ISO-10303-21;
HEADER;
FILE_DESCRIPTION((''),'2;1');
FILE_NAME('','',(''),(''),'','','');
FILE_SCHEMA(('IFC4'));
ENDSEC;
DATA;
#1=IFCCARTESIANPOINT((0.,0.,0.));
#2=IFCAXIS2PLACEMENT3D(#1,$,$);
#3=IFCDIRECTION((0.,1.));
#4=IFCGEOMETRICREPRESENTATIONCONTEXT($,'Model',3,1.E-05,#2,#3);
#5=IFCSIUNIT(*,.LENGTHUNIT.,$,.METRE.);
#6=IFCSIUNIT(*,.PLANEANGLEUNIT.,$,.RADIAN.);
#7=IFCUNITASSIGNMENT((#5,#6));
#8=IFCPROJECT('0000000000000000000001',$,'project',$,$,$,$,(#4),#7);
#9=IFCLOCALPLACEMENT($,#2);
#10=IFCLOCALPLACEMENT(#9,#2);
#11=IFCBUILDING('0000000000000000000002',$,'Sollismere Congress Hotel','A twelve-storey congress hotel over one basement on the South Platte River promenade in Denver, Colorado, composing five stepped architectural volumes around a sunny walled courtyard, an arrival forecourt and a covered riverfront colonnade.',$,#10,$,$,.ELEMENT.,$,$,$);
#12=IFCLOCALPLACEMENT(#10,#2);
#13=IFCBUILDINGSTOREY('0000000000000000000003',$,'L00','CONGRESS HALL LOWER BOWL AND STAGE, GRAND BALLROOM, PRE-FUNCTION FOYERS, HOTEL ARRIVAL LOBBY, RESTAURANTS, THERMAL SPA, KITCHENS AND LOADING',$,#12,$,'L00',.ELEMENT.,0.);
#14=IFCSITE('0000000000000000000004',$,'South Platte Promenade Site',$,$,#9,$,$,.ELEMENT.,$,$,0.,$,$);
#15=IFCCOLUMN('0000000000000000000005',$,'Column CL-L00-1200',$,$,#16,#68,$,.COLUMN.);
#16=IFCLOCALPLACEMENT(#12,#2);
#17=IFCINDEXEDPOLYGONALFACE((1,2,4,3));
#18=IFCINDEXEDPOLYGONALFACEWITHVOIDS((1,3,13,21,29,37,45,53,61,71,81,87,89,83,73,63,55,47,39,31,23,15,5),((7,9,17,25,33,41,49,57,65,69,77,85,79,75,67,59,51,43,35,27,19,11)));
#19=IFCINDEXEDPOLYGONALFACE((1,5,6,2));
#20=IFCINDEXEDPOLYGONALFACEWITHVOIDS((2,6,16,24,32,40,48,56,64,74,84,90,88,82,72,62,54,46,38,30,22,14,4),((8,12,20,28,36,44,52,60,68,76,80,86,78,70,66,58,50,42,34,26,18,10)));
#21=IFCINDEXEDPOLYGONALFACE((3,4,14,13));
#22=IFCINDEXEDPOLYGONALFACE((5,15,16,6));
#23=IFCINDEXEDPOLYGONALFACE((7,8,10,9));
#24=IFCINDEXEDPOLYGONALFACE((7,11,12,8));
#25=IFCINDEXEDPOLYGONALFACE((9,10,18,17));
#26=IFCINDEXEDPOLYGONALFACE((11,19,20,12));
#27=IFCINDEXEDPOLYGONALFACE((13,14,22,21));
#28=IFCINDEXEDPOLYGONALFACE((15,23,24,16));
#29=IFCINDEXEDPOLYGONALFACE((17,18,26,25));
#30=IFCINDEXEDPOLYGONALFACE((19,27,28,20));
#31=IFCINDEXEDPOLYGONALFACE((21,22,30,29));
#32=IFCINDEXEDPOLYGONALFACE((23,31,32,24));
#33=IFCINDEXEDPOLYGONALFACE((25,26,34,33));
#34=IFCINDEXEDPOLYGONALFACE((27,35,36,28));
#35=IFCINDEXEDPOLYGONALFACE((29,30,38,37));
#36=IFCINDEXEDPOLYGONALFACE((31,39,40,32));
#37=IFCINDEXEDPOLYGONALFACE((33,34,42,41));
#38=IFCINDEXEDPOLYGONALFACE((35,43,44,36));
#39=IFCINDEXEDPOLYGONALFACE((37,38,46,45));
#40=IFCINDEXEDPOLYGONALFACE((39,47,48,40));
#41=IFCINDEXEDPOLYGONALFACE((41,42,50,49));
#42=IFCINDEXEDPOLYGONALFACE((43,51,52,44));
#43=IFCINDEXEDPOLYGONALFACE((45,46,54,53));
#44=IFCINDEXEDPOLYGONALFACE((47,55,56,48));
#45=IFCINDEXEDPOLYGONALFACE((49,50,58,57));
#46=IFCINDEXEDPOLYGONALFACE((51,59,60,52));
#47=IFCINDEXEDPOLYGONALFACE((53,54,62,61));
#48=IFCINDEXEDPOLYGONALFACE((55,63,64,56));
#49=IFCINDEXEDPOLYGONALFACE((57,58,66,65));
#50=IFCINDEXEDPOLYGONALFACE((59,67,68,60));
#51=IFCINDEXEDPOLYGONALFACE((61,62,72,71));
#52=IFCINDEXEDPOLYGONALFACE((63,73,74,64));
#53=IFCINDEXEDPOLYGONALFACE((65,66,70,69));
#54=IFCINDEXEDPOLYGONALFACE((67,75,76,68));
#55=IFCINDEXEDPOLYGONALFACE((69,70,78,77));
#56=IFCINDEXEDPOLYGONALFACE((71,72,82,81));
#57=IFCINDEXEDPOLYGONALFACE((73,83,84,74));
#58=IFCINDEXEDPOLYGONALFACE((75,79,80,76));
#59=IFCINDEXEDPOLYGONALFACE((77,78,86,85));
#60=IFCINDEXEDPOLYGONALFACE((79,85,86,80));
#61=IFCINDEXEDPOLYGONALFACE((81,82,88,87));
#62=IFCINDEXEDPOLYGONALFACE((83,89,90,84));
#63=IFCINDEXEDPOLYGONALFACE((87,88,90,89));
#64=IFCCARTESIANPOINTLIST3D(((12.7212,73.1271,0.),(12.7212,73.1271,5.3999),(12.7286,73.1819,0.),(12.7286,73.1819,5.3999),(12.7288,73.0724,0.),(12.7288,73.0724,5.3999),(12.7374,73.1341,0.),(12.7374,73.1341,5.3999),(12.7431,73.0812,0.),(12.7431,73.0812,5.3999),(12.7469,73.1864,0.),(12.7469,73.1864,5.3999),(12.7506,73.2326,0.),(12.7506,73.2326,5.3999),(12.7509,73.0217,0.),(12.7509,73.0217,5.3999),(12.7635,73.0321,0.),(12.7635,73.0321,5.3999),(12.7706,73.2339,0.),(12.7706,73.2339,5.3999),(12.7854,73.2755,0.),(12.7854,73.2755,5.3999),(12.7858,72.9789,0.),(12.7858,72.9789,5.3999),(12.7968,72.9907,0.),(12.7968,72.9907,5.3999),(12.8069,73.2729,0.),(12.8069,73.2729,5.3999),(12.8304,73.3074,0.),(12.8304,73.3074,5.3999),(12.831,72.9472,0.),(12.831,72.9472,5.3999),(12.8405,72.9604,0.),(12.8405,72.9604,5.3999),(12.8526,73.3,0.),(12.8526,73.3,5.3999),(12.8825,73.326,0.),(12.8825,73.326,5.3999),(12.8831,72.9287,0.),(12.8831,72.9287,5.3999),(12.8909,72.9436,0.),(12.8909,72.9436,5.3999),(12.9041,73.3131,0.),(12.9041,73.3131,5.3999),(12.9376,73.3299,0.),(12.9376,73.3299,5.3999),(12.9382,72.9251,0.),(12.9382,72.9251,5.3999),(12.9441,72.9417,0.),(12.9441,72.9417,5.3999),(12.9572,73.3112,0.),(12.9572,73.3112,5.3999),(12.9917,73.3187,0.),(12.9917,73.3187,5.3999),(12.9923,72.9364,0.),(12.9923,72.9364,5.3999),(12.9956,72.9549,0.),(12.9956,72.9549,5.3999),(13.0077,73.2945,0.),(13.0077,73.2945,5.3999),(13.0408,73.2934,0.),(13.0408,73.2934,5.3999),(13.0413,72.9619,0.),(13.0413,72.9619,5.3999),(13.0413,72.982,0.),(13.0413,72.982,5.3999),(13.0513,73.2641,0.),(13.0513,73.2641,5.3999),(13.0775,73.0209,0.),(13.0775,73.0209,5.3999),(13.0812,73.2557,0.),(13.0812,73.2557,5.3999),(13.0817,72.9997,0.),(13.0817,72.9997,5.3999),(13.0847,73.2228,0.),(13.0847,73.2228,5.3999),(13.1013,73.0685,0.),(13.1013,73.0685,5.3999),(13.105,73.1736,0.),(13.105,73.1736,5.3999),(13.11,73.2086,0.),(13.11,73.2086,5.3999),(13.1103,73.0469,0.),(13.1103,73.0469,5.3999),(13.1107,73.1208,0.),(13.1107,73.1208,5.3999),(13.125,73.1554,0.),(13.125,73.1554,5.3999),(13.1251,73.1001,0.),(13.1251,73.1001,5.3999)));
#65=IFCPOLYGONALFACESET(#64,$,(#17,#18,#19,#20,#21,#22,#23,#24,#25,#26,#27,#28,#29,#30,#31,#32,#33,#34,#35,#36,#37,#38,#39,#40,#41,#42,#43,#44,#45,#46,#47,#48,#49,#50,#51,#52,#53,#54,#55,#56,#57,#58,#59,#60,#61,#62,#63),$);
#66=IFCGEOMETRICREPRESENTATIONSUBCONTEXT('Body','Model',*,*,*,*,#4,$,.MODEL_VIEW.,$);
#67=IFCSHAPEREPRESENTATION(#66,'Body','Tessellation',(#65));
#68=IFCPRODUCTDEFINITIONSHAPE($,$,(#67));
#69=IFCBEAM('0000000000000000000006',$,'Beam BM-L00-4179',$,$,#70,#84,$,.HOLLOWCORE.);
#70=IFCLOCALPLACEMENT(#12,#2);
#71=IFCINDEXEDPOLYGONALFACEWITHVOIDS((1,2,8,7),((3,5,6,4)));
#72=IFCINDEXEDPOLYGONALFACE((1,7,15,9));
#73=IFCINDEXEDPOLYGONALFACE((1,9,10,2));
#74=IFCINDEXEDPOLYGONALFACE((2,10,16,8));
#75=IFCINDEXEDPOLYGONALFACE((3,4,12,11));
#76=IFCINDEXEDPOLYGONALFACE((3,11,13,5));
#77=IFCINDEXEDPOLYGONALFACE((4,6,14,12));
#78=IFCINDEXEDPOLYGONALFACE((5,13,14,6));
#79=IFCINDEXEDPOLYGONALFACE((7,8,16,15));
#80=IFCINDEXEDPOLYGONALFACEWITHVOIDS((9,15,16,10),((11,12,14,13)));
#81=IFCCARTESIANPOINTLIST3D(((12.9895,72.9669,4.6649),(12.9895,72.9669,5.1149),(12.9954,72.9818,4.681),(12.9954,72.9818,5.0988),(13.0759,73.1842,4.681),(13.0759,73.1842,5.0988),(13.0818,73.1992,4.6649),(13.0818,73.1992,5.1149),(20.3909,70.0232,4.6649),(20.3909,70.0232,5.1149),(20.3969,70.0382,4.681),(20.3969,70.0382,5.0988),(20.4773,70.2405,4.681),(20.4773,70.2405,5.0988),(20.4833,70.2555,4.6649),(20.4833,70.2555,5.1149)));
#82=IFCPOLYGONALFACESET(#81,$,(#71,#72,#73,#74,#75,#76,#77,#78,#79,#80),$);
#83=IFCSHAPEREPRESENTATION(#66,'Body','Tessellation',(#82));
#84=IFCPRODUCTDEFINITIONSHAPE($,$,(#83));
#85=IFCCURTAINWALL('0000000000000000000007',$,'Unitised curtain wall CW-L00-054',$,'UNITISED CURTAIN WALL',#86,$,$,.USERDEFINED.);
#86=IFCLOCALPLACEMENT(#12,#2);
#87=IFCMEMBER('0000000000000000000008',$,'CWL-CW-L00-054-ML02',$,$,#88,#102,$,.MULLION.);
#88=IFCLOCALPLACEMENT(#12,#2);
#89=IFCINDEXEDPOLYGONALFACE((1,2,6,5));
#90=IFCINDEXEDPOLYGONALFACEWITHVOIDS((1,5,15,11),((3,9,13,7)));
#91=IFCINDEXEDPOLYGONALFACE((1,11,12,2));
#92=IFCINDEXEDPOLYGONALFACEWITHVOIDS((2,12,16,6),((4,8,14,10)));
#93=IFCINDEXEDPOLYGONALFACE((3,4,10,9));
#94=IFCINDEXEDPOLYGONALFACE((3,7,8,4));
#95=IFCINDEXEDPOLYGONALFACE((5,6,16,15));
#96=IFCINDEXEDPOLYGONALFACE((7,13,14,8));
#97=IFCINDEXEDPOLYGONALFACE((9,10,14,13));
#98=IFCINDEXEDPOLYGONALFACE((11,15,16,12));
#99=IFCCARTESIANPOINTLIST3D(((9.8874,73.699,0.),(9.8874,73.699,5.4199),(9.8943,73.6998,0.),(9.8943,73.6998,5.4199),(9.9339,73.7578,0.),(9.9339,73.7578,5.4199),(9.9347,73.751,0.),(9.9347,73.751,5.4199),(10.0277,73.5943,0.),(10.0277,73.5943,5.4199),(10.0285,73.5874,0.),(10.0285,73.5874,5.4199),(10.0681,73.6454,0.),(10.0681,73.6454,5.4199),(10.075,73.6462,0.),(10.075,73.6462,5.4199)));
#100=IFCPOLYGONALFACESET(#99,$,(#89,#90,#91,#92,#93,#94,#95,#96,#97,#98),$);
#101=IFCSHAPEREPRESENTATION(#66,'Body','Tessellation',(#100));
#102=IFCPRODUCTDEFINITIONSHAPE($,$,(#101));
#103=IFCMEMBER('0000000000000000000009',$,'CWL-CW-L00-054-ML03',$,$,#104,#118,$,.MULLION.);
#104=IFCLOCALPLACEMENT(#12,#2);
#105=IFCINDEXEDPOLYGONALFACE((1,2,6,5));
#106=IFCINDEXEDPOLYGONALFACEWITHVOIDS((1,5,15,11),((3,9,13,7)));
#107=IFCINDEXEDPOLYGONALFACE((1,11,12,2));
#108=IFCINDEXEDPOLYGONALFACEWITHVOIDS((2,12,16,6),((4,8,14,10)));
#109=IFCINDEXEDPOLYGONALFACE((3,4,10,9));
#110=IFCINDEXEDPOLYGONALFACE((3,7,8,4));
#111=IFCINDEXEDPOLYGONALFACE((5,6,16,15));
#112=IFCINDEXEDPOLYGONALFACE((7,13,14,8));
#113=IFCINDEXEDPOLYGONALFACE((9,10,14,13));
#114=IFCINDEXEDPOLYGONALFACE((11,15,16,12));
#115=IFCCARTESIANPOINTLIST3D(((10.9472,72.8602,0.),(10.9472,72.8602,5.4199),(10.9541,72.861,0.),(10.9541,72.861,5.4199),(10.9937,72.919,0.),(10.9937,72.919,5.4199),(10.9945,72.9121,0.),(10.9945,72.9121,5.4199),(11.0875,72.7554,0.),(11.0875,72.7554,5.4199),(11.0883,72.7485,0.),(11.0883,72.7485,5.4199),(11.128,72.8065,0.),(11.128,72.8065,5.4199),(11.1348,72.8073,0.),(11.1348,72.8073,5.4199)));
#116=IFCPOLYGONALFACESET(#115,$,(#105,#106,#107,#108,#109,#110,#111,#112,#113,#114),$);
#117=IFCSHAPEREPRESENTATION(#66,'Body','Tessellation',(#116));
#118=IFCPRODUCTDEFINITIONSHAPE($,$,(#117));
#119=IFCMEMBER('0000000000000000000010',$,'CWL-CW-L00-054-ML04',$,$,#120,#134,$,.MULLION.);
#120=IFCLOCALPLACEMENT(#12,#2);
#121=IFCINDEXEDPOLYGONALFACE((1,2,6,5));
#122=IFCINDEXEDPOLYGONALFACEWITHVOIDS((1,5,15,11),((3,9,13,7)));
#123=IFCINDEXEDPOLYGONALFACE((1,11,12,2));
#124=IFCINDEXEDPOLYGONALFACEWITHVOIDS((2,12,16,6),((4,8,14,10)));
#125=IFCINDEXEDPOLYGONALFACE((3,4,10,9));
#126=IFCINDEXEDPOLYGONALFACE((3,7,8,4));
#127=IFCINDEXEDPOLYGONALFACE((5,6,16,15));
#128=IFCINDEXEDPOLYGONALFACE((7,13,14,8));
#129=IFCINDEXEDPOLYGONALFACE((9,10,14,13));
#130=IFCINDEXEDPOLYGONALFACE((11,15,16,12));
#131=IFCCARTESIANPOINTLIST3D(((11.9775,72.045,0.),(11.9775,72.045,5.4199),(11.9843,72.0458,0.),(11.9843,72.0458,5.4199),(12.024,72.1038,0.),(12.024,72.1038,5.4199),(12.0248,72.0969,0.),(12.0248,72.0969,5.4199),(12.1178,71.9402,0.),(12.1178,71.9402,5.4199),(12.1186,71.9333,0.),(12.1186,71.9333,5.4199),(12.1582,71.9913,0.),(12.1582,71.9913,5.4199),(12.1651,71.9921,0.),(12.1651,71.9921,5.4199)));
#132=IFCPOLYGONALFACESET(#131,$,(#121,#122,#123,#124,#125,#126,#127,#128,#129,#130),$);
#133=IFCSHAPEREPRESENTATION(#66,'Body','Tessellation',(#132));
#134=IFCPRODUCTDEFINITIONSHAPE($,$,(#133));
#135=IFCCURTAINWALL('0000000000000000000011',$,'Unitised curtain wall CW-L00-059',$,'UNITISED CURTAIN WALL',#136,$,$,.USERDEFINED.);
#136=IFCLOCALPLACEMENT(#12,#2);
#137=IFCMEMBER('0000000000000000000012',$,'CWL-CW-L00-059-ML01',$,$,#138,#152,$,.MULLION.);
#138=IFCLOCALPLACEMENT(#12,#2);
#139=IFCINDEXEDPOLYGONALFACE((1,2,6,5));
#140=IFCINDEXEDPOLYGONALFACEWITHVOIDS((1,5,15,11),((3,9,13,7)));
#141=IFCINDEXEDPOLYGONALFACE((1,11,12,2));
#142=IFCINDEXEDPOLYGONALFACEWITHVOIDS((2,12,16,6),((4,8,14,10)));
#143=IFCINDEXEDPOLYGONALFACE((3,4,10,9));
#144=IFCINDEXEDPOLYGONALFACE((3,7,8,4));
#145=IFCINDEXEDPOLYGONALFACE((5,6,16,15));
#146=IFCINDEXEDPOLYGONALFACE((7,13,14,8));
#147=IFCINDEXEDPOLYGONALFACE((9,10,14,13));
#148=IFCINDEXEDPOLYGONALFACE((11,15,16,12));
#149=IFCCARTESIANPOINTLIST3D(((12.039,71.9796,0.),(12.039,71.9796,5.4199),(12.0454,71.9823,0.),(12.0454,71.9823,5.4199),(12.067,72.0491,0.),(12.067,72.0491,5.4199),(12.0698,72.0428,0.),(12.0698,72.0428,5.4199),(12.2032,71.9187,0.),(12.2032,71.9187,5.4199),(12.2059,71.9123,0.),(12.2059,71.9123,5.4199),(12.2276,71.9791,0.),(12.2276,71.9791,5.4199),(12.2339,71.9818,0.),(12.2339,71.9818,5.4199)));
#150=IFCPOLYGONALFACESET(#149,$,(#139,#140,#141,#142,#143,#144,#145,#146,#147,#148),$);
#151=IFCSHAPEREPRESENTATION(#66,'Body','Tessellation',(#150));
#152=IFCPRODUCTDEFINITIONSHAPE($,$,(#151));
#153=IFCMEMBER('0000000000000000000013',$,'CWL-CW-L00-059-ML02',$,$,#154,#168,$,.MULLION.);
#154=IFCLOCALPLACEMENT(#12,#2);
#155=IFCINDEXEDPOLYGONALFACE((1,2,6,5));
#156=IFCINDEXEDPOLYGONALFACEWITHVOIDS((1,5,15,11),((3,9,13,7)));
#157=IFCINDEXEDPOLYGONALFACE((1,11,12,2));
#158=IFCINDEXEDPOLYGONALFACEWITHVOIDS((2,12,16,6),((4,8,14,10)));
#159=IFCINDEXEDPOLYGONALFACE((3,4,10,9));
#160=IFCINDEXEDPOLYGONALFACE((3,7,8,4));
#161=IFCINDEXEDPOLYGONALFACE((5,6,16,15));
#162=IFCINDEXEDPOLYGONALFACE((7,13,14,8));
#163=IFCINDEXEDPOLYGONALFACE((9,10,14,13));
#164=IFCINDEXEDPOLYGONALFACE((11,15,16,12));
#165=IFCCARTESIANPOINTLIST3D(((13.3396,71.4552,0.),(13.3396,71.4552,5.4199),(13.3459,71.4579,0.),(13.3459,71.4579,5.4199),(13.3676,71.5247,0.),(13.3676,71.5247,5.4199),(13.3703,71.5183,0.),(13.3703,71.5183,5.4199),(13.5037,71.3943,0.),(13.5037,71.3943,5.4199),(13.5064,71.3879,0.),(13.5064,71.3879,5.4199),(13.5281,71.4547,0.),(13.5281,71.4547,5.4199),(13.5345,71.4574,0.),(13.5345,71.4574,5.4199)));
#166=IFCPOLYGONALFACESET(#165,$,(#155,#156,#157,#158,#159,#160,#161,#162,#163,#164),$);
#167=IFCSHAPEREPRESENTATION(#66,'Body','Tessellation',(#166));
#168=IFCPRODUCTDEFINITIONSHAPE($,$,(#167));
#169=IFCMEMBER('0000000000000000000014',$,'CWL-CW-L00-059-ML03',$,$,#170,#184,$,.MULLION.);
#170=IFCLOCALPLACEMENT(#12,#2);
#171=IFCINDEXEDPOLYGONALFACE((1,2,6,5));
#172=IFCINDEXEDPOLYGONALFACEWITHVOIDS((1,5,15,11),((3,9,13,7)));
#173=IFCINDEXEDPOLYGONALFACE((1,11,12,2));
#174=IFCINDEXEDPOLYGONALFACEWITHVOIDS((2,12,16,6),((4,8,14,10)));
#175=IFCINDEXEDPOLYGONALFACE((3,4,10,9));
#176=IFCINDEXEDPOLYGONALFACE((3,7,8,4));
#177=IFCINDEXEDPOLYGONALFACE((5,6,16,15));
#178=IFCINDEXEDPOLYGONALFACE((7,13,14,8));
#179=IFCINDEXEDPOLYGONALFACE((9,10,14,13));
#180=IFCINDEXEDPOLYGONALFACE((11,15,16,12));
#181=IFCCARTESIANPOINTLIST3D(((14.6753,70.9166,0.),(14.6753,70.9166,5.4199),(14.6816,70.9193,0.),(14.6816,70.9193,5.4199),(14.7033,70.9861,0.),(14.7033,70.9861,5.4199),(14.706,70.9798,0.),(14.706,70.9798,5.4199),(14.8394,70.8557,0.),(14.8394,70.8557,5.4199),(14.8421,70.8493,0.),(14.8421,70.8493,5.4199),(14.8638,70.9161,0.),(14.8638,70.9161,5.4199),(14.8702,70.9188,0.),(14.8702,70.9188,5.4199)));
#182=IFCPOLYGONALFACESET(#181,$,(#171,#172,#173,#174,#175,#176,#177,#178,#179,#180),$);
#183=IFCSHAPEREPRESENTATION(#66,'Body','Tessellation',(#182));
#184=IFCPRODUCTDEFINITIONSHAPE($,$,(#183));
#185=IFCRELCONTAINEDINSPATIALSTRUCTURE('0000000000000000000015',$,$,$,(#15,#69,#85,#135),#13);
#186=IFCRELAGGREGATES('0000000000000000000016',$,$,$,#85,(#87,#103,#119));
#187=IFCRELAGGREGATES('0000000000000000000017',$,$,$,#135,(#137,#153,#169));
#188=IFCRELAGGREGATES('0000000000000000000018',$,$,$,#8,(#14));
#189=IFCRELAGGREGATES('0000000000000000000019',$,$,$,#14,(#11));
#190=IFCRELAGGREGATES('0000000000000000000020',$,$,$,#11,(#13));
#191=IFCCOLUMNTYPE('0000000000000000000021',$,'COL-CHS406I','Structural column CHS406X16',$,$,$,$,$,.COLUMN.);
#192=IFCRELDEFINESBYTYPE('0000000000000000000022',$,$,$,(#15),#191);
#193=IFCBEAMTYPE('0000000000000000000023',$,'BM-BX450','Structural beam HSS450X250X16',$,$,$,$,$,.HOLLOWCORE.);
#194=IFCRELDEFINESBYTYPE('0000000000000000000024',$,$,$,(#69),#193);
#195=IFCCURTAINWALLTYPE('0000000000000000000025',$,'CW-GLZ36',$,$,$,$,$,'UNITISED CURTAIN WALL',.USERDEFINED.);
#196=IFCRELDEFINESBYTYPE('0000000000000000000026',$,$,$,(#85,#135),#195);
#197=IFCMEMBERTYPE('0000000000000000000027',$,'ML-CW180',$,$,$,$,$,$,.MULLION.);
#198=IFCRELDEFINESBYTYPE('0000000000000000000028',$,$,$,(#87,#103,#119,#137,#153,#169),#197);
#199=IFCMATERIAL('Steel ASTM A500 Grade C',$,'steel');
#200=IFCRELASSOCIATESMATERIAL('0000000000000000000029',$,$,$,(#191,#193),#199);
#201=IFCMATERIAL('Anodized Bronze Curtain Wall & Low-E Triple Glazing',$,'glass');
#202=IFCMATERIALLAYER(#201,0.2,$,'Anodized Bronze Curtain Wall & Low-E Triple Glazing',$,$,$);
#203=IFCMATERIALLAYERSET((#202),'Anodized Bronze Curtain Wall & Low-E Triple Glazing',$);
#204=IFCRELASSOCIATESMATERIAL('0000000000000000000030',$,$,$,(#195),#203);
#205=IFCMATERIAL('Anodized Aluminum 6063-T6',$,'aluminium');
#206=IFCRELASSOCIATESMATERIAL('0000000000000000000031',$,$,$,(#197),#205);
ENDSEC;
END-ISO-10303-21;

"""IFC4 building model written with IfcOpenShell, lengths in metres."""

from ifc_helpers import new_model, si_unit, direction, frame, origin, origin_2d, place, context, subcontext, project, spatial, hollow_rectangle, hollow_circle, extrude, material, layer, layer_set, material_profile, profile_set, type_object, element, aggregate, save


model = new_model("IFC4")

# Units and contexts
model_context = context("Model", 3, precision=1e-05, world=origin(), true_north=direction((0.0, 1.0)))
body_context = subcontext(model_context, "Body", "Model", "MODEL_VIEW")
ifc_project = project(units=[si_unit("LENGTHUNIT", "METRE"), si_unit("PLANEANGLEUNIT", "RADIAN")], contexts=[model_context])

# Site, building, storey
site_placement = place(None, origin())
site = spatial("IfcSite", under=ifc_project, at=site_placement, Name="South Platte Promenade Site", CompositionType="ELEMENT", RefElevation=0.0)
building_placement = place(site_placement, origin())
building = spatial("IfcBuilding", under=site, at=building_placement, Name="Sollismere Congress Hotel", Description="A twelve-storey congress hotel over one basement on the South Platte River promenade in Denver, Colorado, composing five stepped architectural volumes around a sunny walled courtyard, an arrival forecourt and a covered riverfront colonnade.", CompositionType="ELEMENT")
storey_placement = place(building_placement, origin())
storey = spatial("IfcBuildingStorey", under=building, at=storey_placement, Name="L00", Description="CONGRESS HALL LOWER BOWL AND STAGE, GRAND BALLROOM, PRE-FUNCTION FOYERS, HOTEL ARRIVAL LOBBY, RESTAURANTS, THERMAL SPA, KITCHENS AND LOADING", LongName="L00", CompositionType="ELEMENT", Elevation=0.0)

# Column
ifc_material_1 = material(Name="Steel ASTM A500 Grade C", Category="steel")
ifc_material_profile_1 = material_profile(ifc_material_1, hollow_circle(Radius=0.2029, WallThickness=0.0161, at=origin_2d()), Name="CHS406X16")
ifc_profile_set_1 = profile_set([ifc_material_profile_1], Name="Steel ASTM A500 Grade C")
column_type = type_object("IfcColumnType", Name="COL-CHS406I", Description="Structural column CHS406X16", PredefinedType="COLUMN", material=ifc_profile_set_1)
column_placement = place(storey_placement, frame((12.9241, 73.1274, 0.0), z_axis=(0.0, 0.0, 1.0), x_axis=(-0.68136, -0.731949, 0.0)))
element("IfcColumn", 1, at=column_placement, inside=storey, type_object=column_type, Name="Column CL-L00-1200", PredefinedType="COLUMN", context=body_context, shape_type="SweptSolid", body=[
    extrude(hollow_circle(Radius=0.2029, WallThickness=0.0161, at=origin_2d()), origin(), (0.0, 0.0, 1.0), 5.3999),
])

# Beam
ifc_material_profile_2 = material_profile(ifc_material_1, hollow_rectangle(XDim=0.25, YDim=0.45, WallThickness=0.0161, at=origin_2d()), Name="HSS450X250X16")
ifc_profile_set_2 = profile_set([ifc_material_profile_2], Name="Steel ASTM A500 Grade C")
beam_type = type_object("IfcBeamType", Name="BM-BX450", Description="Structural beam HSS450X250X16", PredefinedType="HOLLOWCORE", material=ifc_profile_set_2)
beam_placement = place(storey_placement, frame((13.0356, 73.083, 4.8899), z_axis=(0.929208, -0.369556, 0.0), x_axis=(0.369556, 0.929208, 0.0)))
element("IfcBeam", 2, at=beam_placement, inside=storey, type_object=beam_type, Name="Beam BM-L00-4179", PredefinedType="HOLLOWCORE", context=body_context, shape_type="SweptSolid", body=[
    extrude(hollow_rectangle(XDim=0.25, YDim=0.45, WallThickness=0.0161, at=origin_2d()), origin(), (0.0, 0.0, 1.0), 7.9653),
])

# Curtain walls, members
ifc_material_2 = material(Name="Anodized Bronze Curtain Wall & Low-E Triple Glazing", Category="glass")
ifc_layer_1 = layer(ifc_material_2, 0.2, Name="Anodized Bronze Curtain Wall & Low-E Triple Glazing")
ifc_layer_set_1 = layer_set([ifc_layer_1], Name="Anodized Bronze Curtain Wall & Low-E Triple Glazing")
curtain_wall_type = type_object("IfcCurtainWallType", Name="CW-GLZ36", ElementType="UNITISED CURTAIN WALL", PredefinedType="USERDEFINED", material=ifc_layer_set_1)
curtain_wall_1_placement = place(storey_placement, origin())
curtain_wall_1 = element("IfcCurtainWall", 3, at=curtain_wall_1_placement, inside=storey, type_object=curtain_wall_type, Name="Unitised curtain wall CW-L00-054", ObjectType="UNITISED CURTAIN WALL", PredefinedType="USERDEFINED")
ifc_material_3 = material(Name="Anodized Aluminum 6063-T6", Category="aluminium")
ifc_material_profile_3 = material_profile(ifc_material_3, hollow_rectangle(XDim=0.075, YDim=0.1799, WallThickness=0.0049, at=origin_2d()), Name="ALU180X75X5")
ifc_profile_set_3 = profile_set([ifc_material_profile_3], Name="Anodized Aluminum 6063-T6")
member_type_1 = type_object("IfcMemberType", Name="ML-CW180", PredefinedType="MULLION", material=ifc_profile_set_3)
member_1_placement = place(storey_placement, frame((9.9812, 73.6726, 0.0), z_axis=(0.0, 0.0, 1.0), x_axis=(0.620532, 0.784181, 0.0)))
member_1 = element("IfcMember", 4, at=member_1_placement, type_object=member_type_1, Name="CWL-CW-L00-054-ML02", PredefinedType="MULLION", context=body_context, shape_type="SweptSolid", body=[
    extrude(hollow_rectangle(XDim=0.075, YDim=0.1799, WallThickness=0.0049, at=origin_2d()), origin(), (0.0, 0.0, 1.0), 5.4199),
])
member_2_placement = place(storey_placement, frame((11.041, 72.8337, 0.0), z_axis=(0.0, 0.0, 1.0), x_axis=(0.620532, 0.784181, 0.0)))
member_2 = element("IfcMember", 5, at=member_2_placement, type_object=member_type_1, Name="CWL-CW-L00-054-ML03", PredefinedType="MULLION", context=body_context, shape_type="SweptSolid", body=[
    extrude(hollow_rectangle(XDim=0.075, YDim=0.1799, WallThickness=0.0049, at=origin_2d()), origin(), (0.0, 0.0, 1.0), 5.4199),
])
member_3_placement = place(storey_placement, frame((12.0713, 72.0186, 0.0), z_axis=(0.0, 0.0, 1.0), x_axis=(0.620532, 0.784181, 0.0)))
member_3 = element("IfcMember", 6, at=member_3_placement, type_object=member_type_1, Name="CWL-CW-L00-054-ML04", PredefinedType="MULLION", context=body_context, shape_type="SweptSolid", body=[
    extrude(hollow_rectangle(XDim=0.075, YDim=0.1799, WallThickness=0.0049, at=origin_2d()), origin(), (0.0, 0.0, 1.0), 5.4199),
])
curtain_wall_2_placement = place(storey_placement, origin())
curtain_wall_2 = element("IfcCurtainWall", 7, at=curtain_wall_2_placement, inside=storey, type_object=curtain_wall_type, Name="Unitised curtain wall CW-L00-059", ObjectType="UNITISED CURTAIN WALL", PredefinedType="USERDEFINED")
member_4_placement = place(storey_placement, frame((12.1365, 71.9807, 0.0), z_axis=(0.0, 0.0, 1.0), x_axis=(0.373943, 0.927452, 0.0)))
member_4 = element("IfcMember", 8, at=member_4_placement, type_object=member_type_1, Name="CWL-CW-L00-059-ML01", PredefinedType="MULLION", context=body_context, shape_type="SweptSolid", body=[
    extrude(hollow_rectangle(XDim=0.075, YDim=0.1799, WallThickness=0.0049, at=origin_2d()), origin(), (0.0, 0.0, 1.0), 5.4199),
])
member_5_placement = place(storey_placement, frame((13.437, 71.4563, 0.0), z_axis=(0.0, 0.0, 1.0), x_axis=(0.373943, 0.927452, 0.0)))
member_5 = element("IfcMember", 9, at=member_5_placement, type_object=member_type_1, Name="CWL-CW-L00-059-ML02", PredefinedType="MULLION", context=body_context, shape_type="SweptSolid", body=[
    extrude(hollow_rectangle(XDim=0.075, YDim=0.1799, WallThickness=0.0049, at=origin_2d()), origin(), (0.0, 0.0, 1.0), 5.4199),
])
member_6_placement = place(storey_placement, frame((14.7727, 70.9177, 0.0), z_axis=(0.0, 0.0, 1.0), x_axis=(0.373943, 0.927452, 0.0)))
member_6 = element("IfcMember", 10, at=member_6_placement, type_object=member_type_1, Name="CWL-CW-L00-059-ML03", PredefinedType="MULLION", context=body_context, shape_type="SweptSolid", body=[
    extrude(hollow_rectangle(XDim=0.075, YDim=0.1799, WallThickness=0.0049, at=origin_2d()), origin(), (0.0, 0.0, 1.0), 5.4199),
])

aggregate(curtain_wall_1, [member_1, member_2, member_3])
aggregate(curtain_wall_2, [member_4, member_5, member_6])

save(model, "model.ifc")
